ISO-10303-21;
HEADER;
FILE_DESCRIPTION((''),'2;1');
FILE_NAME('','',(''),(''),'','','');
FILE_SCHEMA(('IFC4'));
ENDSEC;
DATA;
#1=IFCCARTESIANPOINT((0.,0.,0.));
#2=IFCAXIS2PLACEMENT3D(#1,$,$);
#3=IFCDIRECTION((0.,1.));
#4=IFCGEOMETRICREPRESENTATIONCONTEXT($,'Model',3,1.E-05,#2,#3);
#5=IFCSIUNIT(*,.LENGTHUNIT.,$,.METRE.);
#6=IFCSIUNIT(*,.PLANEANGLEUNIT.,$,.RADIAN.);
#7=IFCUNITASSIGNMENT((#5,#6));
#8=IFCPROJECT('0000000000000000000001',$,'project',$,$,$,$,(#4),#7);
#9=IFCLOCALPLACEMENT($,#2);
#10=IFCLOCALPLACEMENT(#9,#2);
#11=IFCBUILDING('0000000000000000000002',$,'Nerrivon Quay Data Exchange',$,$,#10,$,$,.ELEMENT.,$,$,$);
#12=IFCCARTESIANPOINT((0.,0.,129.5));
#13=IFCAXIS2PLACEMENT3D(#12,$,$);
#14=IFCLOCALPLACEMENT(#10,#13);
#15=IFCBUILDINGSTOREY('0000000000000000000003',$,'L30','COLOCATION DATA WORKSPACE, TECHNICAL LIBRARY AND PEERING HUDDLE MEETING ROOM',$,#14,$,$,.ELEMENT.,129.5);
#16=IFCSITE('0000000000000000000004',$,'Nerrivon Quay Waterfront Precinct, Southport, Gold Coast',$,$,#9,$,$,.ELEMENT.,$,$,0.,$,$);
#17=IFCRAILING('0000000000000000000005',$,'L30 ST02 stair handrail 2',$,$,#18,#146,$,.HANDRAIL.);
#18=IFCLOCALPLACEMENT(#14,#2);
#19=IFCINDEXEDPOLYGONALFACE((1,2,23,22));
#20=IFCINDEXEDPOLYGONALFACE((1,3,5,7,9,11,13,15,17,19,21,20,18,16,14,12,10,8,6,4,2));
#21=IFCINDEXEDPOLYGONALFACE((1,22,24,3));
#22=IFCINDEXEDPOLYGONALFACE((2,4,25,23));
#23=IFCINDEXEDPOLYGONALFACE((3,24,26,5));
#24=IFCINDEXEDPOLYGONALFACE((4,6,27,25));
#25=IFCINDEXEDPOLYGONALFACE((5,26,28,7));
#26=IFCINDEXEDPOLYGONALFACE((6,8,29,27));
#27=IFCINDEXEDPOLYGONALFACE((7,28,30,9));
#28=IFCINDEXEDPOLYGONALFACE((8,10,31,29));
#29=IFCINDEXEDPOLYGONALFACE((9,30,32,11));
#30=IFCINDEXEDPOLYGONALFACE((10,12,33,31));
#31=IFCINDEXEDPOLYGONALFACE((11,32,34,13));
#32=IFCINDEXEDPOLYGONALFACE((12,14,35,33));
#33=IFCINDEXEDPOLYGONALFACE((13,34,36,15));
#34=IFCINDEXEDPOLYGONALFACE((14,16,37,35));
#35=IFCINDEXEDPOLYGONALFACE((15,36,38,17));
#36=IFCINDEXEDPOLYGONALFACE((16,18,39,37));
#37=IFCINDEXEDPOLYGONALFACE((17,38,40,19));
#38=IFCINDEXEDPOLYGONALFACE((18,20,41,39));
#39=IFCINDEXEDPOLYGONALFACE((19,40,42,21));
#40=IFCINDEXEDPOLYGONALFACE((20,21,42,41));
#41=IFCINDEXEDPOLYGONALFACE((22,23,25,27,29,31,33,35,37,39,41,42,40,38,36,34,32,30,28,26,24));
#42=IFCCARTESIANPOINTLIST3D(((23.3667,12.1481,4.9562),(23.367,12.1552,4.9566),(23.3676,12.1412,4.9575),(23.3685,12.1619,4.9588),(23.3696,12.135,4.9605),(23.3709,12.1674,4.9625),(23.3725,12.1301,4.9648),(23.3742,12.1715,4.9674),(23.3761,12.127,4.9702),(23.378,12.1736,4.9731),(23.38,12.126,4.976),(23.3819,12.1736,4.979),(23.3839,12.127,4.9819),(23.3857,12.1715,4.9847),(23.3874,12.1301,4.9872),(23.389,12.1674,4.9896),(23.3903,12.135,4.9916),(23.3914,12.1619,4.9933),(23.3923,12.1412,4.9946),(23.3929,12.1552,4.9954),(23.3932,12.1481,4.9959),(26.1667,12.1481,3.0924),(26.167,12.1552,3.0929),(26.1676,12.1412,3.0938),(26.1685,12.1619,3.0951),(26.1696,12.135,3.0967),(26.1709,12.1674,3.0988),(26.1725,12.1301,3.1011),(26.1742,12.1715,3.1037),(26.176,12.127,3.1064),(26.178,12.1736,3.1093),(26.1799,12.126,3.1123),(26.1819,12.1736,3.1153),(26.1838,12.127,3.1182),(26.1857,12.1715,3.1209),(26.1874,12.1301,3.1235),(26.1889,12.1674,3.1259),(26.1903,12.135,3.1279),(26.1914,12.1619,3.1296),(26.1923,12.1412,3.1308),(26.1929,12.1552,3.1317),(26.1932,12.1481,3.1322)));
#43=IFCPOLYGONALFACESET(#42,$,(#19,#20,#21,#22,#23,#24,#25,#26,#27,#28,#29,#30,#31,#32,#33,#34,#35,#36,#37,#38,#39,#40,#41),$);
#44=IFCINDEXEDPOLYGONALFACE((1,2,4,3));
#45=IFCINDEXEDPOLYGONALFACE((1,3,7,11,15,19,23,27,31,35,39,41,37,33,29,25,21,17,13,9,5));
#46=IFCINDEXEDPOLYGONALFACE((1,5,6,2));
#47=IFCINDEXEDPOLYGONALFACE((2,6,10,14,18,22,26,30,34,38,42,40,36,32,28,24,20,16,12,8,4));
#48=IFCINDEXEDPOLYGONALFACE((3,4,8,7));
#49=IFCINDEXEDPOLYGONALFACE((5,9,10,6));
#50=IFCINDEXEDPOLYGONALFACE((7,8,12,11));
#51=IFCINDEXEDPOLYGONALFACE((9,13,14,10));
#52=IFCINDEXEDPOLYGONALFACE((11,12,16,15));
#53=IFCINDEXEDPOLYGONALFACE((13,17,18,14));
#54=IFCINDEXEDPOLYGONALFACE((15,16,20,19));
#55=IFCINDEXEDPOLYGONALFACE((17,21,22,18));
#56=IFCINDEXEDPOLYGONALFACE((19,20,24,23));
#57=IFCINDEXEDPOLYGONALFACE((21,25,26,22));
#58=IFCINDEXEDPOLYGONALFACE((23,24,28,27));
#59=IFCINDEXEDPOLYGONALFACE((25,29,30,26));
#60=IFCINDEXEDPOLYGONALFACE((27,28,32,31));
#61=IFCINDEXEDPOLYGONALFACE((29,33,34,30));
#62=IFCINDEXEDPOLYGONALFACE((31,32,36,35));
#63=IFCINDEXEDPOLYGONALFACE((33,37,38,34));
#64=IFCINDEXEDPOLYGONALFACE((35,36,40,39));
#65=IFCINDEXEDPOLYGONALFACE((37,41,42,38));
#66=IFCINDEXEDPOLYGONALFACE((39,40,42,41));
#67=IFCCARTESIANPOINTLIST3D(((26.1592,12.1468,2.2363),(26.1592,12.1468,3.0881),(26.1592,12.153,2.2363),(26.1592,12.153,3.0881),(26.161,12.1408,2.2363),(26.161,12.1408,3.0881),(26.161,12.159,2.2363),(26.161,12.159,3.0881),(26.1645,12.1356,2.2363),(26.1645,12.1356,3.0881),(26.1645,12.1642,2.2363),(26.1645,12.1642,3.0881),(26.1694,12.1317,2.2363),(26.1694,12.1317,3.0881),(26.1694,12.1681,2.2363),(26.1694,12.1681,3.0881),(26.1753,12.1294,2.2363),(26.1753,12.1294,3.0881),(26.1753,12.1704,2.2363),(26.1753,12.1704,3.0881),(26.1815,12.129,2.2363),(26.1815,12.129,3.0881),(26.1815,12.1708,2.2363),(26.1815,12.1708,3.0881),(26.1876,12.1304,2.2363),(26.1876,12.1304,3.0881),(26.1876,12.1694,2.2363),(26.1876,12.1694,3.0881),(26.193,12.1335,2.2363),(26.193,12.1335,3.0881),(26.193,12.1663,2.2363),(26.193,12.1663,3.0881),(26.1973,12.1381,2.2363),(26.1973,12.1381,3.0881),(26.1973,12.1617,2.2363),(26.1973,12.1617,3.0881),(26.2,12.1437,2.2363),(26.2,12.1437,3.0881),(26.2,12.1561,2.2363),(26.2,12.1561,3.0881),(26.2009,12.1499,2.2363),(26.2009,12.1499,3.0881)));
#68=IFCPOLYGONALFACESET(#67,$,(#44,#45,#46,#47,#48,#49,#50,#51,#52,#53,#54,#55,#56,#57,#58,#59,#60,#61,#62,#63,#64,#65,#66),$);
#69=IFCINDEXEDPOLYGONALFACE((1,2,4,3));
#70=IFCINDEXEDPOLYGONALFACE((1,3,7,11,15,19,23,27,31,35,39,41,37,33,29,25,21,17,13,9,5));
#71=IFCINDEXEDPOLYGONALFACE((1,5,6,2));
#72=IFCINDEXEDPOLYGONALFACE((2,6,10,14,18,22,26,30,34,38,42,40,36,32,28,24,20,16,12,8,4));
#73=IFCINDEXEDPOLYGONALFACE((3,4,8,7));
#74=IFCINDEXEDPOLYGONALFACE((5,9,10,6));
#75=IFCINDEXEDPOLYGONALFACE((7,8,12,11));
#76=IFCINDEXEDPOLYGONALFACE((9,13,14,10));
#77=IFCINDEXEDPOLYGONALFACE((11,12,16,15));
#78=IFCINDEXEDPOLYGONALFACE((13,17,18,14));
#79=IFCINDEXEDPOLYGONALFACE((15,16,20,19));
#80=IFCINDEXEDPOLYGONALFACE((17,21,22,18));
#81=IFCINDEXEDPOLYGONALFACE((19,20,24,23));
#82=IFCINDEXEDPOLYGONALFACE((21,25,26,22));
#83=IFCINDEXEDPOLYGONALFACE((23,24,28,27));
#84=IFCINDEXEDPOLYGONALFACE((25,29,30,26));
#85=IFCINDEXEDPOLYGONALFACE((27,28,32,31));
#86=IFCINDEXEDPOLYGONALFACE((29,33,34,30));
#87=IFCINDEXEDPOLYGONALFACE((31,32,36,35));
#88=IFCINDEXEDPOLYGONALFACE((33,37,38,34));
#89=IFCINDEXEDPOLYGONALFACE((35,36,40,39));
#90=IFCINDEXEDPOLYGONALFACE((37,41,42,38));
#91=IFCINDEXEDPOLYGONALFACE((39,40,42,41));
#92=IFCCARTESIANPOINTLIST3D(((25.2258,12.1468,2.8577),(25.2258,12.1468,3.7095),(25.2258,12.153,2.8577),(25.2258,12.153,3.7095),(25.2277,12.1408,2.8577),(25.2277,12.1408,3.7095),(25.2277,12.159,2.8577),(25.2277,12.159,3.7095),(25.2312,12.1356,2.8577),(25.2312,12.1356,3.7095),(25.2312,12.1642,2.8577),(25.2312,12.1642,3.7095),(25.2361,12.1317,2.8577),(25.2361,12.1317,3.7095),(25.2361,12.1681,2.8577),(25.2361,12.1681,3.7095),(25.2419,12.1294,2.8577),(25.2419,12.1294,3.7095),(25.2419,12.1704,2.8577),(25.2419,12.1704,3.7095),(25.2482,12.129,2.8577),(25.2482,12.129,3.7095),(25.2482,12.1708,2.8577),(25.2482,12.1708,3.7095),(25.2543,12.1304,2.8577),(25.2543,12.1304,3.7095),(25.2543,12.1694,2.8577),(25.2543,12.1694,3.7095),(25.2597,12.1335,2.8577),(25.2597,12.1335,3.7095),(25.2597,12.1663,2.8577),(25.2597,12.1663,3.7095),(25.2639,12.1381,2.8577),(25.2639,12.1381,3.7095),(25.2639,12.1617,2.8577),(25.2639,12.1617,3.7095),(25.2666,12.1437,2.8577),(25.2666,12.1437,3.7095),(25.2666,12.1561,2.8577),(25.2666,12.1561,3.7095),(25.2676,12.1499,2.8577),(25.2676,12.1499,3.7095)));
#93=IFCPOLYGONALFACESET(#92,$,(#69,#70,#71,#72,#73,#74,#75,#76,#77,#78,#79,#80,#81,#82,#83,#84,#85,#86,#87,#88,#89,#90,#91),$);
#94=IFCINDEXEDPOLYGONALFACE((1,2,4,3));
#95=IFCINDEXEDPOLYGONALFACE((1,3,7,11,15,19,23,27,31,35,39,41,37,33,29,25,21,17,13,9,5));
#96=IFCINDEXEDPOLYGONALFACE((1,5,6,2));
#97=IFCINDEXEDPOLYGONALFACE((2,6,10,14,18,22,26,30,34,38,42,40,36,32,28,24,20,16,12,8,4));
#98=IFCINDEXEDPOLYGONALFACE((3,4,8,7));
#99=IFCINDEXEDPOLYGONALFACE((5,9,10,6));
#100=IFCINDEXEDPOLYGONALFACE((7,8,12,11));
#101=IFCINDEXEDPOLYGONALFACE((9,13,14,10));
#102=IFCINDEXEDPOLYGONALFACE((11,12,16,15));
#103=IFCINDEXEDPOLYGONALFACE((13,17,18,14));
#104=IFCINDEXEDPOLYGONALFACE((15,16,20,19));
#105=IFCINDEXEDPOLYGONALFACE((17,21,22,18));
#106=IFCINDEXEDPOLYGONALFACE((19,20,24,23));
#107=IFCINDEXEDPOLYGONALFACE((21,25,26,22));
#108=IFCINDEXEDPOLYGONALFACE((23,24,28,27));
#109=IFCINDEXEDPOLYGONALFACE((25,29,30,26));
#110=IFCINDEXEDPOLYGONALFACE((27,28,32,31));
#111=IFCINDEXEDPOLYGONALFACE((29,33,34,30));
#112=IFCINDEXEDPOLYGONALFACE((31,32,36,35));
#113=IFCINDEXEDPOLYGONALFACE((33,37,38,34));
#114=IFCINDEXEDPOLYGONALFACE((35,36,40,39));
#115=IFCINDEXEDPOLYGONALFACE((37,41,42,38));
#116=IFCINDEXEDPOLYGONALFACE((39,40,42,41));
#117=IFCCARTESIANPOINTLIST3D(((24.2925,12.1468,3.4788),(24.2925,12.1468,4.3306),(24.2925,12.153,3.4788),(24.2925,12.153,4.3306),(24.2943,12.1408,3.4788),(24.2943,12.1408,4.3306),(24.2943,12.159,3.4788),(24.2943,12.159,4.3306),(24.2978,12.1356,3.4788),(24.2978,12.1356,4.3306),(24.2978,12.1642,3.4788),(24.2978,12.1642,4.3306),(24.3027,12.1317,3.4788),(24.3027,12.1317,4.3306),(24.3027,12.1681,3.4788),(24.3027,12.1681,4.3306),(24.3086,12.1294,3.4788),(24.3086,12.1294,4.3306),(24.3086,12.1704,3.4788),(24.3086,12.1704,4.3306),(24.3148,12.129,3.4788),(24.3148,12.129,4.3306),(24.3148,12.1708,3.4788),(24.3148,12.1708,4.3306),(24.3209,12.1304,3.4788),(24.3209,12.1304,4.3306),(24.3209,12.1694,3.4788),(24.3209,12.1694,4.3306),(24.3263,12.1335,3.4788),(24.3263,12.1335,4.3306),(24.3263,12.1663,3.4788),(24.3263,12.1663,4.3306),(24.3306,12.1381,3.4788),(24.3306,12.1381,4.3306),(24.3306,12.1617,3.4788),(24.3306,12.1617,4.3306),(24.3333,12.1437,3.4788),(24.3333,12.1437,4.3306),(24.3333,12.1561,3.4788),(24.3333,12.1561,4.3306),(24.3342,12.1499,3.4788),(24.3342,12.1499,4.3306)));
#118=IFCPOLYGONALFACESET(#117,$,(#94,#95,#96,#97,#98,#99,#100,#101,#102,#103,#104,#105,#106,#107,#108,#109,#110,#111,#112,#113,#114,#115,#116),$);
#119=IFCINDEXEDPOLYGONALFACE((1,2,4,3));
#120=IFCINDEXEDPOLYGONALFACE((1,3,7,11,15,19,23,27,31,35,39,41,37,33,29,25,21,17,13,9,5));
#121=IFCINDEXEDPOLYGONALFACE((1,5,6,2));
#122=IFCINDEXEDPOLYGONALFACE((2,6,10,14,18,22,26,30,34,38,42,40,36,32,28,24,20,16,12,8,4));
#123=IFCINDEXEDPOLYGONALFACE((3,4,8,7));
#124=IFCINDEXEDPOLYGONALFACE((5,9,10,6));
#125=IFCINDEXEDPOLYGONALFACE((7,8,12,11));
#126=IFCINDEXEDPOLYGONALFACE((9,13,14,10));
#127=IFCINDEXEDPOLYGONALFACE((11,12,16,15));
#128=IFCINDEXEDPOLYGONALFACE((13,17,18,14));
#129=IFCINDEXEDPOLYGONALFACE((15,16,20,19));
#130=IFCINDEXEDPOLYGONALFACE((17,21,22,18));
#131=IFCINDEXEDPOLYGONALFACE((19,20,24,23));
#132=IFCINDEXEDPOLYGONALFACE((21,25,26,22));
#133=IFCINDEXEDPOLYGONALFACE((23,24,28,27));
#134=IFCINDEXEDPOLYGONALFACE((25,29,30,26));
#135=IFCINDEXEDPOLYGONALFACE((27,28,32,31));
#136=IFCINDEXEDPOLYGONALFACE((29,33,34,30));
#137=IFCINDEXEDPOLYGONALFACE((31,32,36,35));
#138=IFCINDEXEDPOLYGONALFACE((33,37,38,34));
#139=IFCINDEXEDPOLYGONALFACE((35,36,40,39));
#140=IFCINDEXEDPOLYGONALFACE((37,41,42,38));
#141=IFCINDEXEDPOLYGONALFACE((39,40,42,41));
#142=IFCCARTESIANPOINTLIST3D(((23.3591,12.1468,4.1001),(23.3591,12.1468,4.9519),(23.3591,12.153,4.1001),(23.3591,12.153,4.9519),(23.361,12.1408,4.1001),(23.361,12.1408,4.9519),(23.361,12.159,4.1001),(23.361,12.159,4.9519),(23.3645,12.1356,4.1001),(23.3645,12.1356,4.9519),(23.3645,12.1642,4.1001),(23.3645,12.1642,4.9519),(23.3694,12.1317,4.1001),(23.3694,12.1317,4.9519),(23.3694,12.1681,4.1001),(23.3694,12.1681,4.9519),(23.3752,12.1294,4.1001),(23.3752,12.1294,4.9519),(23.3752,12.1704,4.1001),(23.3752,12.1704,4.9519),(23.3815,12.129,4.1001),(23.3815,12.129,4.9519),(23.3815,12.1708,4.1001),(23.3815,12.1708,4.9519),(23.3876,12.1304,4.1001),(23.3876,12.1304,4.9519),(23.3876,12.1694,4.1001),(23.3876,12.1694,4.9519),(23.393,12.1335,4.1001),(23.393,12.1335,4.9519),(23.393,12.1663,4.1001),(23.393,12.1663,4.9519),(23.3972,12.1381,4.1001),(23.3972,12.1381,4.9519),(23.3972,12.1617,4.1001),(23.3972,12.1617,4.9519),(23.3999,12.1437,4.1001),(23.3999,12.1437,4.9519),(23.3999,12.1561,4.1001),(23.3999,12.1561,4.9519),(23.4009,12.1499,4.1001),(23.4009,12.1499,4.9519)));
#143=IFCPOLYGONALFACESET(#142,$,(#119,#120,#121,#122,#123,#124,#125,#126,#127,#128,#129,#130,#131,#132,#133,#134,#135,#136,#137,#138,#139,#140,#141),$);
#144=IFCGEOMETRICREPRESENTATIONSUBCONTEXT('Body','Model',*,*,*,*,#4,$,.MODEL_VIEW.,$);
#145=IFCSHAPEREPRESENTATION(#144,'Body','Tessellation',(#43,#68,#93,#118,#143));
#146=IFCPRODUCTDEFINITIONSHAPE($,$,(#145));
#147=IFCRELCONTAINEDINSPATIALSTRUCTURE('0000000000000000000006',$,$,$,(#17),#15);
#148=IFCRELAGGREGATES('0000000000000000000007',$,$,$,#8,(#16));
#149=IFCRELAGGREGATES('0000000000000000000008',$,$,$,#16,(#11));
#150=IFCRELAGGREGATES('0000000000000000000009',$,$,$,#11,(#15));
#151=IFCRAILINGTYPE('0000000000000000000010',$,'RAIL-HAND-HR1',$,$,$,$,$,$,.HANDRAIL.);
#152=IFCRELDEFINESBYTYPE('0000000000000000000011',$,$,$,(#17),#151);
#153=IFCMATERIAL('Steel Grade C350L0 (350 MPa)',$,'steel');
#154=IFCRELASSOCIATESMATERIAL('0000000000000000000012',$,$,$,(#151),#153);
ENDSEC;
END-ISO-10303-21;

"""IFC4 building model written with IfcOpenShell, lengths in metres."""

from ifc_helpers import new_model, si_unit, direction, frame, origin, origin_2d, place, context, subcontext, project, spatial, circle, extrude, material, type_object, element, save


model = new_model("IFC4")

# Units and contexts
model_context = context("Model", 3, precision=1e-05, world=origin(), true_north=direction((0.0, 1.0)))
body_context = subcontext(model_context, "Body", "Model", "MODEL_VIEW")
ifc_project = project(units=[si_unit("LENGTHUNIT", "METRE"), si_unit("PLANEANGLEUNIT", "RADIAN")], contexts=[model_context])

# Site, building, storey
site_placement = place(None, origin())
site = spatial("IfcSite", under=ifc_project, at=site_placement, Name="Nerrivon Quay Waterfront Precinct, Southport, Gold Coast", CompositionType="ELEMENT", RefElevation=0.0)
building_placement = place(site_placement, origin())
building = spatial("IfcBuilding", under=site, at=building_placement, Name="Nerrivon Quay Data Exchange", CompositionType="ELEMENT")
storey_placement = place(building_placement, frame((0.0, 0.0, 129.5)))
storey = spatial("IfcBuildingStorey", under=building, at=storey_placement, Name="L30", Description="COLOCATION DATA WORKSPACE, TECHNICAL LIBRARY AND PEERING HUDDLE MEETING ROOM", CompositionType="ELEMENT", Elevation=129.5)

# Railing
ifc_material_1 = material(Name="Steel Grade C350L0 (350 MPa)", Category="steel")
railing_type_1 = type_object("IfcRailingType", Name="RAIL-HAND-HR1", PredefinedType="HANDRAIL", material=ifc_material_1)
railing_1_placement = place(storey_placement, frame((26.1799, 12.1499, 2.2363)))
element("IfcRailing", 1, at=railing_1_placement, inside=storey, type_object=railing_type_1, Name="L30 ST02 stair handrail 2", PredefinedType="HANDRAIL", context=body_context, shape_type="SweptSolid", body=[
    extrude(circle(Radius=0.0239, at=origin_2d()), frame((0.0, 0.0, 0.876), z_axis=(-0.832452, 0.0, 0.554097), x_axis=(0.0, -1.0, 0.0)), (0.0, 0.0, 1.0), 3.3635),
    extrude(circle(Radius=0.021, at=origin_2d()), origin(), (0.0, 0.0, 1.0), 0.8518),
    extrude(circle(Radius=0.021, at=origin_2d()), frame((-0.9333, 0.0, 0.6213)), (0.0, 0.0, 1.0), 0.8518),
    extrude(circle(Radius=0.021, at=origin_2d()), frame((-1.8667, 0.0, 1.2424)), (0.0, 0.0, 1.0), 0.8518),
    extrude(circle(Radius=0.021, at=origin_2d()), frame((-2.8, 0.0, 1.8638)), (0.0, 0.0, 1.0), 0.8518),
])

save(model, "model.ifc")
